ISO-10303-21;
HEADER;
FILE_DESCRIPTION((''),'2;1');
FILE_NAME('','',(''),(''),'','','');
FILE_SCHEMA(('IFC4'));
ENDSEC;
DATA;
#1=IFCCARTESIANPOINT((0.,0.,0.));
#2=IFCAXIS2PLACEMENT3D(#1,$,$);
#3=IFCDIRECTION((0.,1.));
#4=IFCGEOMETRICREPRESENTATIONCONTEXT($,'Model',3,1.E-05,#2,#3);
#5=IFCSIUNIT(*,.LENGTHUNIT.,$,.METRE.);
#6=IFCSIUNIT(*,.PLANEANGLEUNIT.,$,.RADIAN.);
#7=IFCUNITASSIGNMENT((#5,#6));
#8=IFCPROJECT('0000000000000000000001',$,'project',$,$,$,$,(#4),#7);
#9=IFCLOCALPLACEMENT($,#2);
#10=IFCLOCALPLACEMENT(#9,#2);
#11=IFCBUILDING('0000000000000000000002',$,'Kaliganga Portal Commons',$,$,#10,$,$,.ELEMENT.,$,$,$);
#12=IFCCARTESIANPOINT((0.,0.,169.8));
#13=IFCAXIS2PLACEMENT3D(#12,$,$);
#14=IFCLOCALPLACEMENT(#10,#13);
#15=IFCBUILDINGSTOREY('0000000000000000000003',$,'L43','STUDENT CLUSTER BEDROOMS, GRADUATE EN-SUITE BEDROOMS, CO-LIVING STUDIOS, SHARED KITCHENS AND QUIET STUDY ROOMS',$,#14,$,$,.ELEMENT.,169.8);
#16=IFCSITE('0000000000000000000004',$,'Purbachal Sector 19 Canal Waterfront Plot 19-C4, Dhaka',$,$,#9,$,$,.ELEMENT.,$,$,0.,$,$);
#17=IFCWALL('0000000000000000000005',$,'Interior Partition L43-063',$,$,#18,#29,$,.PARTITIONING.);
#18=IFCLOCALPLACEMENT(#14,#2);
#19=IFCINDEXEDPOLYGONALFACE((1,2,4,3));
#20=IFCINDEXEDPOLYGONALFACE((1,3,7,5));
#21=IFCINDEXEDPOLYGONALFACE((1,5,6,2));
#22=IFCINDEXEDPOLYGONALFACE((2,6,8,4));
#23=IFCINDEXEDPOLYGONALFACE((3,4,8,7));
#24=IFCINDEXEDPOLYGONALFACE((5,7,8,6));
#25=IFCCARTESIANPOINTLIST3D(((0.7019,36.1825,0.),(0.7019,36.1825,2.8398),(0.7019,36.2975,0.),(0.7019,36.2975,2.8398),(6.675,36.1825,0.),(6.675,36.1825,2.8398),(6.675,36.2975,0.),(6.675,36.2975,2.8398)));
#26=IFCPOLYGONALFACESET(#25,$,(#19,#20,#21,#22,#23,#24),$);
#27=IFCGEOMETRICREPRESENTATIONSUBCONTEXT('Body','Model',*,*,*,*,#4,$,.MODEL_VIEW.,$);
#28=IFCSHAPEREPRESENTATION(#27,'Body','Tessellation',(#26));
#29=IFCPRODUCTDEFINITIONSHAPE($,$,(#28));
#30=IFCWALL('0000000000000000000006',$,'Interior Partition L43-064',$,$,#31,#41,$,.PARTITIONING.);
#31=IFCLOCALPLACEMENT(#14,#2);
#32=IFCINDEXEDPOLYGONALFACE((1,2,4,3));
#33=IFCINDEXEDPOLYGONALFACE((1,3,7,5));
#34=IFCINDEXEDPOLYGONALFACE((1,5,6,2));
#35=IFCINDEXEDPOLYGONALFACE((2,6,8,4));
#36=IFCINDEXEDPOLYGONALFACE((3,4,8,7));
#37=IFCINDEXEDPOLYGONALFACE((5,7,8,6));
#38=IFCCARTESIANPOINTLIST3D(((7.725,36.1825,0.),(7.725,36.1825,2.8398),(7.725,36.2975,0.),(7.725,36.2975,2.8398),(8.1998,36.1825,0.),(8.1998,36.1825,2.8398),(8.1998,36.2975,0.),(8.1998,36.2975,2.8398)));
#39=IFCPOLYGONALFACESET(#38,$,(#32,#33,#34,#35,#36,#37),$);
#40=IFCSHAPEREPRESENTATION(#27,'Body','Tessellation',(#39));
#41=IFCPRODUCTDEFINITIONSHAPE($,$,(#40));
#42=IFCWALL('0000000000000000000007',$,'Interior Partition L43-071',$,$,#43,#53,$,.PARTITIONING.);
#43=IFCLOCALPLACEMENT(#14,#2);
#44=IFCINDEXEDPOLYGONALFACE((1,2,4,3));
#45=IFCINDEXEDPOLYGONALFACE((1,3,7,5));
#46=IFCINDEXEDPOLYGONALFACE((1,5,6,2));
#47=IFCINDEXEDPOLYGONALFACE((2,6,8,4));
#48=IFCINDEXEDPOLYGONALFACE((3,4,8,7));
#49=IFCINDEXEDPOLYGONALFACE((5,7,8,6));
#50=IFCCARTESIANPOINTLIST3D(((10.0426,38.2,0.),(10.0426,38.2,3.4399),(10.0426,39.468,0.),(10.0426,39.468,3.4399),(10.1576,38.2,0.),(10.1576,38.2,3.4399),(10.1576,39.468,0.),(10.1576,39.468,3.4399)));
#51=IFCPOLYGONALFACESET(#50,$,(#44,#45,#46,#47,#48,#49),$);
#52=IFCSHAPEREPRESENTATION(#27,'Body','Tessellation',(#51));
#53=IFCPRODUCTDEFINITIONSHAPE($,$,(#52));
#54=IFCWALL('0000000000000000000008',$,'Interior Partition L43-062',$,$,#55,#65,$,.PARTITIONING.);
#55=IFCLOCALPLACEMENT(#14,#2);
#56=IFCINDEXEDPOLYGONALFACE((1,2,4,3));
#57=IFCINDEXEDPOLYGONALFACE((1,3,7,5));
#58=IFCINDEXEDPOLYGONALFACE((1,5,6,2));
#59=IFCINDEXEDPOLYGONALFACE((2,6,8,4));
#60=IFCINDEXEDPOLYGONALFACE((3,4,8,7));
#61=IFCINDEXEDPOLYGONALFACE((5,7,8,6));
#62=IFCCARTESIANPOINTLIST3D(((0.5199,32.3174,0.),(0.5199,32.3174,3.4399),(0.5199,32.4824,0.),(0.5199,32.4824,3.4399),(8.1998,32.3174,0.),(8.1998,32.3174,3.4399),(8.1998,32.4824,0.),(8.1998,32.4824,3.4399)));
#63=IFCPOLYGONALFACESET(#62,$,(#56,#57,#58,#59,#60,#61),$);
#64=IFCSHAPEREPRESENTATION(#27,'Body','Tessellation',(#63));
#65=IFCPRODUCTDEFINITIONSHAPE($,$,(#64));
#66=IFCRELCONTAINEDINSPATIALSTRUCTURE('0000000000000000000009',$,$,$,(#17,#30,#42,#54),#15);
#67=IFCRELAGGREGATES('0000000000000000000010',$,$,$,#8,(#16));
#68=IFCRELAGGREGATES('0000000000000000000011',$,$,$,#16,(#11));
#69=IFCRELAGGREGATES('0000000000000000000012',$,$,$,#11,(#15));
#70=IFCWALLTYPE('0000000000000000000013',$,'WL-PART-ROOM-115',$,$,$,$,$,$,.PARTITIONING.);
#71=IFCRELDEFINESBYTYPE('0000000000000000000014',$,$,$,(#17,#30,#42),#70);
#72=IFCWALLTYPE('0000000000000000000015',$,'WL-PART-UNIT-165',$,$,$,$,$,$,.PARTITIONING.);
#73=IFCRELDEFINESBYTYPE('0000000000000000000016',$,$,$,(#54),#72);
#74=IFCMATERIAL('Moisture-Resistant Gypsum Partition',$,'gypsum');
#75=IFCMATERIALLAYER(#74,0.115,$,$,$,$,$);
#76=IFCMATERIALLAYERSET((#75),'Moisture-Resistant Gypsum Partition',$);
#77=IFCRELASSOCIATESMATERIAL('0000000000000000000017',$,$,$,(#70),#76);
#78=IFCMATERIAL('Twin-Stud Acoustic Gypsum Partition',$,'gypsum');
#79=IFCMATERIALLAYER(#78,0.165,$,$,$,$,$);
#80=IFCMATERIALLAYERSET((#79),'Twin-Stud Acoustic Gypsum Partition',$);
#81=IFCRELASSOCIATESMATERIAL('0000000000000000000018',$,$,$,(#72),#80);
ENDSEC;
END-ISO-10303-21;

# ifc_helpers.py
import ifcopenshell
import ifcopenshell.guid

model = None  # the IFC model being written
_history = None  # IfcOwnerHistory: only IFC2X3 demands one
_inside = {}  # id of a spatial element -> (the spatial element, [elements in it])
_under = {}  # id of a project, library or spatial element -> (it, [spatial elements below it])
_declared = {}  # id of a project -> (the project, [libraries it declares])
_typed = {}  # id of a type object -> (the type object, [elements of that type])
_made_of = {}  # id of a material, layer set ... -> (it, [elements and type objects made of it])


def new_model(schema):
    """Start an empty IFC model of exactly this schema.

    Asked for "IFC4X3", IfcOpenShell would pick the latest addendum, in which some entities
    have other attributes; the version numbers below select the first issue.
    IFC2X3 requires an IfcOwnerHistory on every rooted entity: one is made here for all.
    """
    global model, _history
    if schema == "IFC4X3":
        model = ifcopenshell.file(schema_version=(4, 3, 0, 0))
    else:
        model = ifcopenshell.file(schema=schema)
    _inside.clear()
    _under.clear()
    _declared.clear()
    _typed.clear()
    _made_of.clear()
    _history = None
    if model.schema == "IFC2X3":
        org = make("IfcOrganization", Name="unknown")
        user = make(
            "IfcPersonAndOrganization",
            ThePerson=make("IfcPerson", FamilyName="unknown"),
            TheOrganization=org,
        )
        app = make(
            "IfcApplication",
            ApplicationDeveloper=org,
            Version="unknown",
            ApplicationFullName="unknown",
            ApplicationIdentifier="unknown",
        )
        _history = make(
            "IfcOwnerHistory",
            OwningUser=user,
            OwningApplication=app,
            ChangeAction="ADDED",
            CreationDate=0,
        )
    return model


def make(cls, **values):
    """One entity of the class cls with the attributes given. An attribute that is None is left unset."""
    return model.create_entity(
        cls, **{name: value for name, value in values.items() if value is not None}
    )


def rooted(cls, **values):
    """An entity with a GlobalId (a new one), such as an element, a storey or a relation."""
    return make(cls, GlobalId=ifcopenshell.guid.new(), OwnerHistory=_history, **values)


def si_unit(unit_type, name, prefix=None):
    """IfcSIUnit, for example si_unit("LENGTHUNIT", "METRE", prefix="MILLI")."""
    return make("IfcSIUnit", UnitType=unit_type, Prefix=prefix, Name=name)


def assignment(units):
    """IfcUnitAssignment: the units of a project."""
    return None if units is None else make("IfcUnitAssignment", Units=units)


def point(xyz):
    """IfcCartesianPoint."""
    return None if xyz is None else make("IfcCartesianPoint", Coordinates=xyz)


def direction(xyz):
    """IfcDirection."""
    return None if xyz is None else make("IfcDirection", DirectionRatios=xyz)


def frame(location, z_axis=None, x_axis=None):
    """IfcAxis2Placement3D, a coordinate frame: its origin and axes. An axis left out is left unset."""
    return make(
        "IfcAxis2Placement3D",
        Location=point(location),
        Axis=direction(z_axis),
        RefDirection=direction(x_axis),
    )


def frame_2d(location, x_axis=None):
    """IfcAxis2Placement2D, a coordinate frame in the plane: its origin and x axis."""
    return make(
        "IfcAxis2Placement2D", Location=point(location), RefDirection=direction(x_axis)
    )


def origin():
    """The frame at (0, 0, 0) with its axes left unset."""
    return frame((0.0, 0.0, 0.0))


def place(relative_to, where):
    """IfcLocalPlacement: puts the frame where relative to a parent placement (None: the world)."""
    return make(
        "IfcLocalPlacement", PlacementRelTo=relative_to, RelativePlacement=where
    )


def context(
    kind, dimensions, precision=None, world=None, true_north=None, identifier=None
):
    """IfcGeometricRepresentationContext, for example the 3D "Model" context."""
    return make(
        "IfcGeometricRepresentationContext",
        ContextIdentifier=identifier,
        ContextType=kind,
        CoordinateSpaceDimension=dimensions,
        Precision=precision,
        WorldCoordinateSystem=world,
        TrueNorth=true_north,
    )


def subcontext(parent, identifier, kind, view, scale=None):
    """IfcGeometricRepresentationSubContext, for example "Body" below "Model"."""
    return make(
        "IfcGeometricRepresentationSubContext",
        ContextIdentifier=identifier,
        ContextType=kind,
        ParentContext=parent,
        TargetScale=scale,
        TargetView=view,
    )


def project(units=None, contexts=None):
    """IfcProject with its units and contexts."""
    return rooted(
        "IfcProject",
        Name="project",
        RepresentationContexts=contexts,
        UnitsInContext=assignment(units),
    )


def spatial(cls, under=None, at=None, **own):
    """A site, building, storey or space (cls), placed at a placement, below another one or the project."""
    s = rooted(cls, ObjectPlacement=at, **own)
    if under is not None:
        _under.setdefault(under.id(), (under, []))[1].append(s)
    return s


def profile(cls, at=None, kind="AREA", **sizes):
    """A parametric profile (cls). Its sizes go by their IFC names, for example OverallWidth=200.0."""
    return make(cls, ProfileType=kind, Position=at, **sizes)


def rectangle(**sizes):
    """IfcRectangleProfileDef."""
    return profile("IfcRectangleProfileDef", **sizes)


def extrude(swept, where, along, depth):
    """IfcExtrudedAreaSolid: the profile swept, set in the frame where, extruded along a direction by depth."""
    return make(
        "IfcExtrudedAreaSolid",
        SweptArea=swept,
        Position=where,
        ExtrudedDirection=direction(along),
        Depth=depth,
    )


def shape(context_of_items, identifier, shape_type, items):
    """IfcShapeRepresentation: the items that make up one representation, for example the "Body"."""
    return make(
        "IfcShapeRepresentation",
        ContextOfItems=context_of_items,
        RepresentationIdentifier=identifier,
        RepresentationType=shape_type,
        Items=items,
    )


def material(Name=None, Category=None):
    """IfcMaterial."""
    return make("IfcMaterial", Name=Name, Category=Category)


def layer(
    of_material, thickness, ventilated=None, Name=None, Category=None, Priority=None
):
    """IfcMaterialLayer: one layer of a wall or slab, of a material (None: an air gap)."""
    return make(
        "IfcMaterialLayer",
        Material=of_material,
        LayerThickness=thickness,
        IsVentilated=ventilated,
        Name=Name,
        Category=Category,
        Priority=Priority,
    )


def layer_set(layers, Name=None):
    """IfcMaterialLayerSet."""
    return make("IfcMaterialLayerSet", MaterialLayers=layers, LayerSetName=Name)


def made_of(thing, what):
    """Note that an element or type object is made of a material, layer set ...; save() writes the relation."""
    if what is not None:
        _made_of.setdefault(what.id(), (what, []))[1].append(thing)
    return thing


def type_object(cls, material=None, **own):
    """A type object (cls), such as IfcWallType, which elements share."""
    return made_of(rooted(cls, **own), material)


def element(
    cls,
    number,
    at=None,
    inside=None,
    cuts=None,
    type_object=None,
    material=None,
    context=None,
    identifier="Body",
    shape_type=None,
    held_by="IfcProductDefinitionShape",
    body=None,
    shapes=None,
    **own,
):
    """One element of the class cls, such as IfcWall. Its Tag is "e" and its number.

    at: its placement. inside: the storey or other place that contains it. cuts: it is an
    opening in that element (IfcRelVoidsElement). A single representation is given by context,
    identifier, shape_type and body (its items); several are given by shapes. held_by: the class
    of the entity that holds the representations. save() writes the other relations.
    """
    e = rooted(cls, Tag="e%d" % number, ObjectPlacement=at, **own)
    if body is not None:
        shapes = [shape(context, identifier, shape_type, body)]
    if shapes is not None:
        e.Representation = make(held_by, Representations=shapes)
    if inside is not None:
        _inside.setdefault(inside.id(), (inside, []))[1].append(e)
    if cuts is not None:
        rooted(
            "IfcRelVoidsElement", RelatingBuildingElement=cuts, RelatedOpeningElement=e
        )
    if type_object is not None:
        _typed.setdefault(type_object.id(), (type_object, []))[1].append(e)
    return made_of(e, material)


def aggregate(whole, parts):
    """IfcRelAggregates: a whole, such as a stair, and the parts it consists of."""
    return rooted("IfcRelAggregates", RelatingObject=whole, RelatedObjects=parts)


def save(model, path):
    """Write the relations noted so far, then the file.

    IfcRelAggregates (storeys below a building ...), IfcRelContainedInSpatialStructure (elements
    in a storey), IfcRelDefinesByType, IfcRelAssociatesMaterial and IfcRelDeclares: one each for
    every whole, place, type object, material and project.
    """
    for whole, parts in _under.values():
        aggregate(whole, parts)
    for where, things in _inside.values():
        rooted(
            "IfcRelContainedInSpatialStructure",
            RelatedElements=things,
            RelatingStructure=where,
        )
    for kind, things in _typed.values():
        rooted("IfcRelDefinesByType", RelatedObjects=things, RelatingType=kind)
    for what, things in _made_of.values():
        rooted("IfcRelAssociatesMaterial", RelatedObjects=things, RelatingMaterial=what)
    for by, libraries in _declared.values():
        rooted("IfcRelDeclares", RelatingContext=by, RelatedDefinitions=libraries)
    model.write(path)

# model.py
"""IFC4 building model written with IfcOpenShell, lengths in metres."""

from ifc_helpers import new_model, si_unit, direction, frame, frame_2d, origin, place, context, subcontext, project, spatial, rectangle, extrude, material, layer, layer_set, type_object, element, save


model = new_model("IFC4")

# Units and contexts
model_context = context("Model", 3, precision=1e-05, world=origin(), true_north=direction((0.0, 1.0)))
body_context = subcontext(model_context, "Body", "Model", "MODEL_VIEW")
ifc_project = project(units=[si_unit("LENGTHUNIT", "METRE"), si_unit("PLANEANGLEUNIT", "RADIAN")], contexts=[model_context])

# Site, building, storey
site_placement = place(None, origin())
site = spatial("IfcSite", under=ifc_project, at=site_placement, Name="Purbachal Sector 19 Canal Waterfront Plot 19-C4, Dhaka", CompositionType="ELEMENT", RefElevation=0.0)
building_placement = place(site_placement, origin())
building = spatial("IfcBuilding", under=site, at=building_placement, Name="Kaliganga Portal Commons", CompositionType="ELEMENT")
storey_placement = place(building_placement, frame((0.0, 0.0, 169.8)))
storey = spatial("IfcBuildingStorey", under=building, at=storey_placement, Name="L43", Description="STUDENT CLUSTER BEDROOMS, GRADUATE EN-SUITE BEDROOMS, CO-LIVING STUDIOS, SHARED KITCHENS AND QUIET STUDY ROOMS", CompositionType="ELEMENT", Elevation=169.8)

# Walls
ifc_material_1 = material(Name="Moisture-Resistant Gypsum Partition", Category="gypsum")
ifc_layer_1 = layer(ifc_material_1, 0.115)
ifc_layer_set_1 = layer_set([ifc_layer_1], Name="Moisture-Resistant Gypsum Partition")
wall_type_1 = type_object("IfcWallType", Name="WL-PART-ROOM-115", PredefinedType="PARTITIONING", material=ifc_layer_set_1)
wall_1_placement = place(storey_placement, frame((0.7019, 36.24, 0.0), z_axis=(0.0, 0.0, 1.0), x_axis=(1.0, 0.0, 0.0)))
element("IfcWall", 1, at=wall_1_placement, inside=storey, type_object=wall_type_1, Name="Interior Partition L43-063", PredefinedType="PARTITIONING", context=body_context, shape_type="SweptSolid", body=[
    extrude(rectangle(XDim=5.9731, YDim=0.115, at=frame_2d((2.9866, 0.0))), origin(), (0.0, 0.0, 1.0), 2.8398),
])
wall_2_placement = place(storey_placement, frame((7.7251, 36.24, 0.0), z_axis=(0.0, 0.0, 1.0), x_axis=(1.0, 0.0, 0.0)))
element("IfcWall", 2, at=wall_2_placement, inside=storey, type_object=wall_type_1, Name="Interior Partition L43-064", PredefinedType="PARTITIONING", context=body_context, shape_type="SweptSolid", body=[
    extrude(rectangle(XDim=0.4749, YDim=0.115, at=frame_2d((0.2373, 0.0))), origin(), (0.0, 0.0, 1.0), 2.8398),
])
wall_3_placement = place(storey_placement, frame((10.1001, 38.2, 0.0), z_axis=(0.0, 0.0, 1.0), x_axis=(0.0, 1.0, 0.0)))
element("IfcWall", 3, at=wall_3_placement, inside=storey, type_object=wall_type_1, Name="Interior Partition L43-071", PredefinedType="PARTITIONING", context=body_context, shape_type="SweptSolid", body=[
    extrude(rectangle(XDim=1.2681, YDim=0.115, at=frame_2d((0.634, 0.0))), origin(), (0.0, 0.0, 1.0), 3.4399),
])
ifc_material_2 = material(Name="Twin-Stud Acoustic Gypsum Partition", Category="gypsum")
ifc_layer_2 = layer(ifc_material_2, 0.165)
ifc_layer_set_2 = layer_set([ifc_layer_2], Name="Twin-Stud Acoustic Gypsum Partition")
wall_type_2 = type_object("IfcWallType", Name="WL-PART-UNIT-165", PredefinedType="PARTITIONING", material=ifc_layer_set_2)
wall_4_placement = place(storey_placement, frame((0.52, 32.3999, 0.0), z_axis=(0.0, 0.0, 1.0), x_axis=(1.0, 0.0, 0.0)))
element("IfcWall", 4, at=wall_4_placement, inside=storey, type_object=wall_type_2, Name="Interior Partition L43-062", PredefinedType="PARTITIONING", context=body_context, shape_type="SweptSolid", body=[
    extrude(rectangle(XDim=7.6799, YDim=0.165, at=frame_2d((3.8398, 0.0))), origin(), (0.0, 0.0, 1.0), 3.4399),
])

save(model, "model.ifc")
